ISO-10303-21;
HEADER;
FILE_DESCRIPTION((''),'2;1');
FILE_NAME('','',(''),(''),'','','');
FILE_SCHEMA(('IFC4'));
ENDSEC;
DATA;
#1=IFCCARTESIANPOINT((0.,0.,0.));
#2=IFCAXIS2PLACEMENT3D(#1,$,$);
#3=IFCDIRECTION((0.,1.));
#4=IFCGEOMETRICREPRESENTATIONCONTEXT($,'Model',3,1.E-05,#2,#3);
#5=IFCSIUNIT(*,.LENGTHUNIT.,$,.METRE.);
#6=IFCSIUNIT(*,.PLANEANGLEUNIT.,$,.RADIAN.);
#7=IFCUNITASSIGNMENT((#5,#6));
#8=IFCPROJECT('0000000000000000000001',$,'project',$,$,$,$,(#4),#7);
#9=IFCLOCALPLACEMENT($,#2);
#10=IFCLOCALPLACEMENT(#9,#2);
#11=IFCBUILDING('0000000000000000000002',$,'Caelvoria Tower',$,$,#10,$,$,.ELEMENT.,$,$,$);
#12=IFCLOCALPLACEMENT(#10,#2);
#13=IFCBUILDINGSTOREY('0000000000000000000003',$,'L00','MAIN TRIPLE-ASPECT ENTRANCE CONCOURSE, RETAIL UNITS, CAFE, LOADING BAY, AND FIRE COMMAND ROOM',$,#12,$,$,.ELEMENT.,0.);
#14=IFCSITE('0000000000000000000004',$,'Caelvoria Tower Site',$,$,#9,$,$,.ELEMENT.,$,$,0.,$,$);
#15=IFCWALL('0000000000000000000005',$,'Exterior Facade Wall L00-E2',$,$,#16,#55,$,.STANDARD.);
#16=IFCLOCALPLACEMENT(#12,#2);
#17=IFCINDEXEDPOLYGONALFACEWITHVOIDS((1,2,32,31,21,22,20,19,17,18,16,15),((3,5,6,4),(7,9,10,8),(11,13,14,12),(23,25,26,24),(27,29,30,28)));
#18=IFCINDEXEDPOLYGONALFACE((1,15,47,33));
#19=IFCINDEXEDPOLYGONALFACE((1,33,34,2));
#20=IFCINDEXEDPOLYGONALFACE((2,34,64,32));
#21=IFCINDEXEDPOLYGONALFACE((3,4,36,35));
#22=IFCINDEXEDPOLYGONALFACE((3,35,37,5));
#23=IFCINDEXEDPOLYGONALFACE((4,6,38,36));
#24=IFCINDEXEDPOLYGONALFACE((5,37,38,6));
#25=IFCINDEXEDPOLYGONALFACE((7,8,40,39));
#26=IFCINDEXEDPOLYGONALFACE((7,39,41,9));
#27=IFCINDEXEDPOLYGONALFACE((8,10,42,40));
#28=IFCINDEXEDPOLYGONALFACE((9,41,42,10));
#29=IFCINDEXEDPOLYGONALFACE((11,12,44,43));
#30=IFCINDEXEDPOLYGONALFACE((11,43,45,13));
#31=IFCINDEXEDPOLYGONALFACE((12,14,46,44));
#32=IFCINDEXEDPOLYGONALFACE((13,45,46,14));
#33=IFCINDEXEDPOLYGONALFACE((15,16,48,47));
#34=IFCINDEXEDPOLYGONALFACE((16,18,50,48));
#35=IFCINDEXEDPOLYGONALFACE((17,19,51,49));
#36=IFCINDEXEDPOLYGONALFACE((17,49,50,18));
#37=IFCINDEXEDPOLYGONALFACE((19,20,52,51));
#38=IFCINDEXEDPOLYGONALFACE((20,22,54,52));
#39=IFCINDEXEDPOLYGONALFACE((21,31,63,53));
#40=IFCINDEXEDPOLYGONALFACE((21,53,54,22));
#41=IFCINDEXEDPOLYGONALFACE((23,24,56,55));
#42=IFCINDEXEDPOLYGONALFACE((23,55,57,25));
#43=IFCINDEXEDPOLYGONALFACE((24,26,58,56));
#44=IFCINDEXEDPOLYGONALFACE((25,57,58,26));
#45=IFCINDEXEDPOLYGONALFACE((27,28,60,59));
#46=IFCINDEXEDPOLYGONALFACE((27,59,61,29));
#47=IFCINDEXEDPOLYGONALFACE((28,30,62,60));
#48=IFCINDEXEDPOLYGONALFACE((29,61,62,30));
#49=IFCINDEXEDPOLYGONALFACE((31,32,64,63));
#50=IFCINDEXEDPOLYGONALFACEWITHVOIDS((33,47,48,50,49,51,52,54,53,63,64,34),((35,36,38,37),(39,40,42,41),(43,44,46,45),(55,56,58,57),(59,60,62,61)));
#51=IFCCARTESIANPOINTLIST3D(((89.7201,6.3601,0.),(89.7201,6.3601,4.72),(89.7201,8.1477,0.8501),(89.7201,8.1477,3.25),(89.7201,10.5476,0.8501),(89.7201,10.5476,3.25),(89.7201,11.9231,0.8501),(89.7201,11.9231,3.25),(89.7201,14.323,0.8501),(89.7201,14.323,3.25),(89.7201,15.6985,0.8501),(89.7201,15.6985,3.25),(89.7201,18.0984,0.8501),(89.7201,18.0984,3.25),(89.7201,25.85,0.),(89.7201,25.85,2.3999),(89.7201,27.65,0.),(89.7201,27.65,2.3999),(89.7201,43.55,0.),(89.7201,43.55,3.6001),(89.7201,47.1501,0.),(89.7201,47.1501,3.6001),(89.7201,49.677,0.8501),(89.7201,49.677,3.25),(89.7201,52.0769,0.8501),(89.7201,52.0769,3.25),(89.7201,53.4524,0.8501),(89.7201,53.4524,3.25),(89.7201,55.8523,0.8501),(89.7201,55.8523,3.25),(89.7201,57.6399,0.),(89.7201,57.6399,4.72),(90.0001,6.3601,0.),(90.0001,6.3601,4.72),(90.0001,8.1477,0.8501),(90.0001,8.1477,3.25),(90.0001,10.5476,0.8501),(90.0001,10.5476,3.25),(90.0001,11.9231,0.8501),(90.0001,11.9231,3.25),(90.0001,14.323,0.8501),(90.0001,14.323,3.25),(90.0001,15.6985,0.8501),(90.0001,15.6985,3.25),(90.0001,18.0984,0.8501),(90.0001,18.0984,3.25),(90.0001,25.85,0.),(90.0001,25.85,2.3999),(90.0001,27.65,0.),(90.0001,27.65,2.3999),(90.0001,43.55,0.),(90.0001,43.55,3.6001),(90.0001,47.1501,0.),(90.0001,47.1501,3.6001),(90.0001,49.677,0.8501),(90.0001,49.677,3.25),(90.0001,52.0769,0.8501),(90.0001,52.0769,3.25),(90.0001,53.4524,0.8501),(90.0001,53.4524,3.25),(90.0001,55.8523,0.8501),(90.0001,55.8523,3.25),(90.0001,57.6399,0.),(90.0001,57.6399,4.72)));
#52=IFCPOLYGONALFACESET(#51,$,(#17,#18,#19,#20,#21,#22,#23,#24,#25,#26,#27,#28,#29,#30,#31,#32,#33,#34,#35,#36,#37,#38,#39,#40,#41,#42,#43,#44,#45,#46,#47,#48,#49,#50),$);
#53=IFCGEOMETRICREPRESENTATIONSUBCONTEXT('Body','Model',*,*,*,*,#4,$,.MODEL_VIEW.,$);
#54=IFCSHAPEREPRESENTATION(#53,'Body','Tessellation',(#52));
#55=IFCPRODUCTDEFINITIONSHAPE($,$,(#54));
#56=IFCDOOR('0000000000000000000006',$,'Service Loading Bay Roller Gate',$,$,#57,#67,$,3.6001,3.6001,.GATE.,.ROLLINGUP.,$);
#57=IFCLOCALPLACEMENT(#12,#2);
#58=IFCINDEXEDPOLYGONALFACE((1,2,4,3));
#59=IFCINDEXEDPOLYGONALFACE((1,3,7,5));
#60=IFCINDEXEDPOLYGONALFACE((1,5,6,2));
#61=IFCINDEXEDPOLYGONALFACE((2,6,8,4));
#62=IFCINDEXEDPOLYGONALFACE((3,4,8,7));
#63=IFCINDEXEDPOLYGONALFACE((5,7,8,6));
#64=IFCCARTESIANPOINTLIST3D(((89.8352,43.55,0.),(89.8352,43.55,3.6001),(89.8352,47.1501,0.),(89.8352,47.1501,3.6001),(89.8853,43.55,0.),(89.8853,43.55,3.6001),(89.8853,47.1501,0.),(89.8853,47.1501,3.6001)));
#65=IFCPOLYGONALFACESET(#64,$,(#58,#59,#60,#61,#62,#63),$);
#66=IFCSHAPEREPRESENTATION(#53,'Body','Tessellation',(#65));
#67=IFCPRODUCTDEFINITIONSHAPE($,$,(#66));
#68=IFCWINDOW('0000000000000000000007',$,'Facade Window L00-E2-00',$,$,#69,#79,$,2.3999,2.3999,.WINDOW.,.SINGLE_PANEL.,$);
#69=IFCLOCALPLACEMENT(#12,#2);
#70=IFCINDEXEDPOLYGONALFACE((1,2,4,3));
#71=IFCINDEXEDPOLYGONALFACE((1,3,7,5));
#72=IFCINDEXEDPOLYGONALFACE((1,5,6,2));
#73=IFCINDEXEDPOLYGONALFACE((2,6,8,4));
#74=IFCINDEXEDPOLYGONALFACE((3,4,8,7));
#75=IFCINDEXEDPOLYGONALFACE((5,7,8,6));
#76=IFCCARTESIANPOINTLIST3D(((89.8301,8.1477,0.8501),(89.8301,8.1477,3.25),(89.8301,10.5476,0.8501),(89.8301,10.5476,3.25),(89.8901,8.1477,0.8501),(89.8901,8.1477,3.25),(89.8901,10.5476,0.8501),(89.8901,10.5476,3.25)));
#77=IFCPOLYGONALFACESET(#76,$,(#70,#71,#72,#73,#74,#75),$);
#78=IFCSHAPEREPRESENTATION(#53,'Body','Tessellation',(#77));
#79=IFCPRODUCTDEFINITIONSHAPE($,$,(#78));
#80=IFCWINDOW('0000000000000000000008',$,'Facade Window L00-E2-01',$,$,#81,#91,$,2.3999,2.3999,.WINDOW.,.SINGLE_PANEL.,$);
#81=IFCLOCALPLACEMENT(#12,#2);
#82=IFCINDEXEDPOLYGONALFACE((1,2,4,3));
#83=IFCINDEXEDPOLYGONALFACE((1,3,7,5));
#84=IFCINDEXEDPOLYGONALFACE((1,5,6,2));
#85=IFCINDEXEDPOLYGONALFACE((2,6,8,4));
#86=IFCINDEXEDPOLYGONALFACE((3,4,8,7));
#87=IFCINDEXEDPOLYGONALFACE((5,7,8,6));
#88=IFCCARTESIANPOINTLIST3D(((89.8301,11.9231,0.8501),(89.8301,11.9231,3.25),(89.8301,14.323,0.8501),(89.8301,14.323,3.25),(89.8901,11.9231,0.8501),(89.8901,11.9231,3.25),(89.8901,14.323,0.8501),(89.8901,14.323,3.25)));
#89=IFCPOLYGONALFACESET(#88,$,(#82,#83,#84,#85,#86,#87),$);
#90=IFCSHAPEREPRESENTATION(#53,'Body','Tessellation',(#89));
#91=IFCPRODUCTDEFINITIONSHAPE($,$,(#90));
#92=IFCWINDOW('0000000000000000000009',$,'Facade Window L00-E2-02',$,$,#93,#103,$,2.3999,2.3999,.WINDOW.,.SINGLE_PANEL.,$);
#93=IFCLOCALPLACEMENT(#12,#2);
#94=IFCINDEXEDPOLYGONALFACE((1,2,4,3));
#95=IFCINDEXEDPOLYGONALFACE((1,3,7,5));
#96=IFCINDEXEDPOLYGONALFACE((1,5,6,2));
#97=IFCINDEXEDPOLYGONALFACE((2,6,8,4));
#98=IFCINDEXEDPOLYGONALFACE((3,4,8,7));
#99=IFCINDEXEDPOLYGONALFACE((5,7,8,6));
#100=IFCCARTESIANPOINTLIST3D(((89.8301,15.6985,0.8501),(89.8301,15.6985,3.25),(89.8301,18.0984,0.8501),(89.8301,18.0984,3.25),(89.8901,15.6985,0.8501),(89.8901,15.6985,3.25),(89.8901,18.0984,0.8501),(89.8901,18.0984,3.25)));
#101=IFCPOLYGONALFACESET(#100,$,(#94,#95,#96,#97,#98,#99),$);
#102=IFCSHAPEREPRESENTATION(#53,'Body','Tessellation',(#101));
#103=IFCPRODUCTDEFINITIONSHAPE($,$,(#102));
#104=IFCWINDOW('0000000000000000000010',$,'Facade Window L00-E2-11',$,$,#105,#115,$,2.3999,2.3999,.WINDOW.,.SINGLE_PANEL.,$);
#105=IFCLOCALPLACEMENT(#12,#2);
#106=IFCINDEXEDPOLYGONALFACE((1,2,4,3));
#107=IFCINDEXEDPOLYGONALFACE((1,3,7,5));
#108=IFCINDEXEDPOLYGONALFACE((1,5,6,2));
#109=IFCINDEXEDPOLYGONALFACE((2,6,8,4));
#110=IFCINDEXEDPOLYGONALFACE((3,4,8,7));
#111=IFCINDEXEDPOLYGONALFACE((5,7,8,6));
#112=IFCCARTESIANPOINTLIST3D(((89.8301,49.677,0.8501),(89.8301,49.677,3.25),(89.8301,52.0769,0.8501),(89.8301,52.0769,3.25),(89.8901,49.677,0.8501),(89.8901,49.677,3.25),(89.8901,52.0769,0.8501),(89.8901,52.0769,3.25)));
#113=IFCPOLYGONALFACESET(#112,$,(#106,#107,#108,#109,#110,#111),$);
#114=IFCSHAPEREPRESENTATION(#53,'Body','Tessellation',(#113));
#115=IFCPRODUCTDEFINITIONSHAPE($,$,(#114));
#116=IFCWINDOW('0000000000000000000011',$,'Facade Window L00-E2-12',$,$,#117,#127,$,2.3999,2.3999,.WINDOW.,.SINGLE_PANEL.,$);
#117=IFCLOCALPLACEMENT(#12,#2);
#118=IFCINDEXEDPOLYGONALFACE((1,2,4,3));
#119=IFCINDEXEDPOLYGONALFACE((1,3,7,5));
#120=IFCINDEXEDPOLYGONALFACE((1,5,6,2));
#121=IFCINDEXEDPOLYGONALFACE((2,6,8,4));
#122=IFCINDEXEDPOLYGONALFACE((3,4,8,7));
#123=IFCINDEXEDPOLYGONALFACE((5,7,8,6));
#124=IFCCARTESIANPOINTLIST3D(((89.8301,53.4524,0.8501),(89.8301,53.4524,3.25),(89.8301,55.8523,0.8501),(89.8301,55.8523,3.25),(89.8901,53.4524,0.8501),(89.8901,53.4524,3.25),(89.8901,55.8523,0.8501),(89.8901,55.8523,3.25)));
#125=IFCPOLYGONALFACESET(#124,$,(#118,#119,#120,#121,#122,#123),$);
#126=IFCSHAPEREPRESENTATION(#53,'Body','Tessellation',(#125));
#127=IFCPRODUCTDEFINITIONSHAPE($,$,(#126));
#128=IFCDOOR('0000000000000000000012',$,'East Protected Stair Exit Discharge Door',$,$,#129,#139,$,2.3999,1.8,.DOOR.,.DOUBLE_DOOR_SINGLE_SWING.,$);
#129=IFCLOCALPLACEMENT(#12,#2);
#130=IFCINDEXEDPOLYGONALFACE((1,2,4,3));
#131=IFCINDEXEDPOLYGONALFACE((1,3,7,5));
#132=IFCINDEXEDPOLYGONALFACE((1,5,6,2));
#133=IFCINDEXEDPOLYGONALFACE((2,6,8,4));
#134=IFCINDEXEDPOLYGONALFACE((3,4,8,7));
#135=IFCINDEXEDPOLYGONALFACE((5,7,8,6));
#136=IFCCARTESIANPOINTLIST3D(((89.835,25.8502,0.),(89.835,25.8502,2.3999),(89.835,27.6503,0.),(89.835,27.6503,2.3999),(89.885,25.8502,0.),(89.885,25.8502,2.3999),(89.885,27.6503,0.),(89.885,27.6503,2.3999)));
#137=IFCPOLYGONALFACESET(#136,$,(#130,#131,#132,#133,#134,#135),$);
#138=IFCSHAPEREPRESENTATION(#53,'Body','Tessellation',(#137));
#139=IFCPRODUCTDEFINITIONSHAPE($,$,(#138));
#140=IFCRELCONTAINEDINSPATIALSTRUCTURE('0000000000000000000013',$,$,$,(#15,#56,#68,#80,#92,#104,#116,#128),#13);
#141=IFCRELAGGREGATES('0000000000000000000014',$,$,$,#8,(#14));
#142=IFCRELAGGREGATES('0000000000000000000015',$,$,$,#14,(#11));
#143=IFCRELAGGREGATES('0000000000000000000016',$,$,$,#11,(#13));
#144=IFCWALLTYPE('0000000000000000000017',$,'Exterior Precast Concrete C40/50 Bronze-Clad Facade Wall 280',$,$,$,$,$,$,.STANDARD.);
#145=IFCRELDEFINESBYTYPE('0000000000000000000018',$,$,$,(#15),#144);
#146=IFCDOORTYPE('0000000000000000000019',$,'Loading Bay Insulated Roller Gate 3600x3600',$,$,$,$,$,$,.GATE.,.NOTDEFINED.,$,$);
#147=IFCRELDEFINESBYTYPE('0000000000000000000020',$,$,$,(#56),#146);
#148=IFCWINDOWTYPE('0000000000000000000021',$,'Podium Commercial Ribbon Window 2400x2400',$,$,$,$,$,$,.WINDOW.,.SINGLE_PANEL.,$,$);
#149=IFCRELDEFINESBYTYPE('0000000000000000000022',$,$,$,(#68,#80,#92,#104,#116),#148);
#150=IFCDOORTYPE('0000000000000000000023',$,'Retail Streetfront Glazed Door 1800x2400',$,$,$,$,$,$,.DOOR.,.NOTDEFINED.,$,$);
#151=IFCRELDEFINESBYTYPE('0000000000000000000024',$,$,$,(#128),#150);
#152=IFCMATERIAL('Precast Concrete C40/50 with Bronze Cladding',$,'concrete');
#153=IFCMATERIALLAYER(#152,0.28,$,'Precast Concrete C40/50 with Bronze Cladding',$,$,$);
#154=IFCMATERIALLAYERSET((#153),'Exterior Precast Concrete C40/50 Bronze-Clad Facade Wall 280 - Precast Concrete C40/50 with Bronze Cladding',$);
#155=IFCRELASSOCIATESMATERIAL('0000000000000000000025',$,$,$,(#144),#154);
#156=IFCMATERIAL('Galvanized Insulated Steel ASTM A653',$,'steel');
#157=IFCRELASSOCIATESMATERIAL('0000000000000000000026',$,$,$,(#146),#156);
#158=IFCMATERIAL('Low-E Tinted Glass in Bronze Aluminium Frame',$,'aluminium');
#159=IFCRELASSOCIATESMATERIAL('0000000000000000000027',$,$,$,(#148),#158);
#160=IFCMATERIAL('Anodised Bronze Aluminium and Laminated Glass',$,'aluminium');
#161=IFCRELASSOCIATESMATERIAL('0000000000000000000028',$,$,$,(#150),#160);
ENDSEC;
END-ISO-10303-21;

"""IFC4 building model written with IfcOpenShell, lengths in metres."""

from ifc_helpers import new_model, si_unit, direction, frame, frame_2d, origin, place, context, subcontext, project, spatial, rectangle, extrude, material, layer, layer_set, type_object, element, fill, save


model = new_model("IFC4")

# Units and contexts
model_context = context("Model", 3, precision=1e-05, world=origin(), true_north=direction((0.0, 1.0)))
body_context = subcontext(model_context, "Body", "Model", "MODEL_VIEW")
ifc_project = project(units=[si_unit("LENGTHUNIT", "METRE"), si_unit("PLANEANGLEUNIT", "RADIAN")], contexts=[model_context])

# Site, building, storey
site_placement = place(None, origin())
site = spatial("IfcSite", under=ifc_project, at=site_placement, Name="Caelvoria Tower Site", CompositionType="ELEMENT", RefElevation=0.0)
building_placement = place(site_placement, origin())
building = spatial("IfcBuilding", under=site, at=building_placement, Name="Caelvoria Tower", CompositionType="ELEMENT")
storey_placement = place(building_placement, origin())
storey = spatial("IfcBuildingStorey", under=building, at=storey_placement, Name="L00", Description="MAIN TRIPLE-ASPECT ENTRANCE CONCOURSE, RETAIL UNITS, CAFE, LOADING BAY, AND FIRE COMMAND ROOM", CompositionType="ELEMENT", Elevation=0.0)

# Wall, openings, doors, windows
ifc_material_1 = material(Name="Precast Concrete C40/50 with Bronze Cladding", Category="concrete")
ifc_layer_1 = layer(ifc_material_1, 0.28, Name="Precast Concrete C40/50 with Bronze Cladding")
ifc_layer_set_1 = layer_set([ifc_layer_1], Name="Exterior Precast Concrete C40/50 Bronze-Clad Facade Wall 280 - Precast Concrete C40/50 with Bronze Cladding")
wall_type = type_object("IfcWallType", Name="Exterior Precast Concrete C40/50 Bronze-Clad Facade Wall 280", PredefinedType="STANDARD", material=ifc_layer_set_1)
wall_placement = place(storey_placement, frame((89.8601, 6.3601, 0.0), z_axis=(0.0, 0.0, 1.0), x_axis=(0.0, 1.0, 0.0)))
wall = element("IfcWall", 1, at=wall_placement, inside=storey, type_object=wall_type, Name="Exterior Facade Wall L00-E2", PredefinedType="STANDARD", context=body_context, shape_type="SweptSolid", body=[
    extrude(rectangle(XDim=51.2798, YDim=0.28, at=frame_2d((25.6399, 0.0))), origin(), (0.0, 0.0, 1.0), 4.72),
])
opening_1_placement = place(wall_placement, frame((19.49, 0.0, 0.0)))
opening_1 = element("IfcOpeningElement", 2, at=opening_1_placement, cuts=wall, PredefinedType="OPENING", context=body_context, shape_type="SweptSolid", body=[
    extrude(rectangle(XDim=1.8, YDim=2.3999, at=frame_2d((0.8999, 1.2))), frame((0.0, 0.1499, 0.0), z_axis=(0.0, -1.0, 0.0), x_axis=(1.0, 0.0, 0.0)), (0.0, 0.0, 1.0), 0.3),
])
opening_2_placement = place(wall_placement, frame((37.1899, 0.0, 0.0)))
opening_2 = element("IfcOpeningElement", 3, at=opening_2_placement, cuts=wall, PredefinedType="OPENING", context=body_context, shape_type="SweptSolid", body=[
    extrude(rectangle(XDim=3.6001, YDim=3.6001, at=frame_2d((1.8, 1.8))), frame((0.0, 0.1499, 0.0), z_axis=(0.0, -1.0, 0.0), x_axis=(1.0, 0.0, 0.0)), (0.0, 0.0, 1.0), 0.3),
])
opening_3_placement = place(wall_placement, frame((1.7876, 0.0, 0.8501)))
opening_3 = element("IfcOpeningElement", 4, at=opening_3_placement, cuts=wall, PredefinedType="OPENING", context=body_context, shape_type="SweptSolid", body=[
    extrude(rectangle(XDim=2.3999, YDim=2.3999, at=frame_2d((1.2, 1.2))), frame((0.0, 0.1499, 0.0), z_axis=(0.0, -1.0, 0.0), x_axis=(1.0, 0.0, 0.0)), (0.0, 0.0, 1.0), 0.3),
])
opening_4_placement = place(wall_placement, frame((5.563, 0.0, 0.8501)))
opening_4 = element("IfcOpeningElement", 5, at=opening_4_placement, cuts=wall, PredefinedType="OPENING", context=body_context, shape_type="SweptSolid", body=[
    extrude(rectangle(XDim=2.3999, YDim=2.3999, at=frame_2d((1.2, 1.2))), frame((0.0, 0.1499, 0.0), z_axis=(0.0, -1.0, 0.0), x_axis=(1.0, 0.0, 0.0)), (0.0, 0.0, 1.0), 0.3),
])
opening_5_placement = place(wall_placement, frame((9.3384, 0.0, 0.8501)))
opening_5 = element("IfcOpeningElement", 6, at=opening_5_placement, cuts=wall, PredefinedType="OPENING", context=body_context, shape_type="SweptSolid", body=[
    extrude(rectangle(XDim=2.3999, YDim=2.3999, at=frame_2d((1.2, 1.2))), frame((0.0, 0.1499, 0.0), z_axis=(0.0, -1.0, 0.0), x_axis=(1.0, 0.0, 0.0)), (0.0, 0.0, 1.0), 0.3),
])
opening_6_placement = place(wall_placement, frame((43.3169, 0.0, 0.8501)))
opening_6 = element("IfcOpeningElement", 7, at=opening_6_placement, cuts=wall, PredefinedType="OPENING", context=body_context, shape_type="SweptSolid", body=[
    extrude(rectangle(XDim=2.3999, YDim=2.3999, at=frame_2d((1.2, 1.2))), frame((0.0, 0.1499, 0.0), z_axis=(0.0, -1.0, 0.0), x_axis=(1.0, 0.0, 0.0)), (0.0, 0.0, 1.0), 0.3),
])
opening_7_placement = place(wall_placement, frame((47.0923, 0.0, 0.8501)))
opening_7 = element("IfcOpeningElement", 8, at=opening_7_placement, cuts=wall, PredefinedType="OPENING", context=body_context, shape_type="SweptSolid", body=[
    extrude(rectangle(XDim=2.3999, YDim=2.3999, at=frame_2d((1.2, 1.2))), frame((0.0, 0.1499, 0.0), z_axis=(0.0, -1.0, 0.0), x_axis=(1.0, 0.0, 0.0)), (0.0, 0.0, 1.0), 0.3),
])
ifc_material_2 = material(Name="Galvanized Insulated Steel ASTM A653", Category="steel")
door_type_1 = type_object("IfcDoorType", Name="Loading Bay Insulated Roller Gate 3600x3600", OperationType="NOTDEFINED", PredefinedType="GATE", material=ifc_material_2)
door_1_placement = place(opening_2_placement, origin())
door_1 = element("IfcDoor", 9, at=door_1_placement, inside=storey, type_object=door_type_1, Name="Service Loading Bay Roller Gate", OperationType="ROLLINGUP", OverallHeight=3.6001, OverallWidth=3.6001, PredefinedType="GATE", context=body_context, shape_type="SweptSolid", body=[
    extrude(rectangle(XDim=3.6001, YDim=3.6001, at=frame_2d((1.8, 1.8))), frame((0.0, 0.0249, 0.0), z_axis=(0.0, -1.0, 0.0), x_axis=(1.0, 0.0, 0.0)), (0.0, 0.0, 1.0), 0.05),
])
fill(opening_2, door_1)
ifc_material_3 = material(Name="Low-E Tinted Glass in Bronze Aluminium Frame", Category="aluminium")
window_type = type_object("IfcWindowType", Name="Podium Commercial Ribbon Window 2400x2400", PartitioningType="SINGLE_PANEL", PredefinedType="WINDOW", material=ifc_material_3)
window_1_placement = place(opening_3_placement, origin())
window_1 = element("IfcWindow", 10, at=window_1_placement, inside=storey, type_object=window_type, Name="Facade Window L00-E2-00", OverallHeight=2.3999, OverallWidth=2.3999, PartitioningType="SINGLE_PANEL", PredefinedType="WINDOW", context=body_context, shape_type="SweptSolid", body=[
    extrude(rectangle(XDim=2.3999, YDim=2.3999, at=frame_2d((1.2, 1.2))), frame((0.0, 0.03, 0.0), z_axis=(0.0, -1.0, 0.0), x_axis=(1.0, 0.0, 0.0)), (0.0, 0.0, 1.0), 0.0601),
])
fill(opening_3, window_1)
window_2_placement = place(opening_4_placement, origin())
window_2 = element("IfcWindow", 11, at=window_2_placement, inside=storey, type_object=window_type, Name="Facade Window L00-E2-01", OverallHeight=2.3999, OverallWidth=2.3999, PartitioningType="SINGLE_PANEL", PredefinedType="WINDOW", context=body_context, shape_type="SweptSolid", body=[
    extrude(rectangle(XDim=2.3999, YDim=2.3999, at=frame_2d((1.2, 1.2))), frame((0.0, 0.03, 0.0), z_axis=(0.0, -1.0, 0.0), x_axis=(1.0, 0.0, 0.0)), (0.0, 0.0, 1.0), 0.0601),
])
fill(opening_4, window_2)
window_3_placement = place(opening_5_placement, origin())
window_3 = element("IfcWindow", 12, at=window_3_placement, inside=storey, type_object=window_type, Name="Facade Window L00-E2-02", OverallHeight=2.3999, OverallWidth=2.3999, PartitioningType="SINGLE_PANEL", PredefinedType="WINDOW", context=body_context, shape_type="SweptSolid", body=[
    extrude(rectangle(XDim=2.3999, YDim=2.3999, at=frame_2d((1.2, 1.2))), frame((0.0, 0.03, 0.0), z_axis=(0.0, -1.0, 0.0), x_axis=(1.0, 0.0, 0.0)), (0.0, 0.0, 1.0), 0.0601),
])
fill(opening_5, window_3)
window_4_placement = place(opening_6_placement, origin())
window_4 = element("IfcWindow", 13, at=window_4_placement, inside=storey, type_object=window_type, Name="Facade Window L00-E2-11", OverallHeight=2.3999, OverallWidth=2.3999, PartitioningType="SINGLE_PANEL", PredefinedType="WINDOW", context=body_context, shape_type="SweptSolid", body=[
    extrude(rectangle(XDim=2.3999, YDim=2.3999, at=frame_2d((1.2, 1.2))), frame((0.0, 0.03, 0.0), z_axis=(0.0, -1.0, 0.0), x_axis=(1.0, 0.0, 0.0)), (0.0, 0.0, 1.0), 0.0601),
])
fill(opening_6, window_4)
window_5_placement = place(opening_7_placement, origin())
window_5 = element("IfcWindow", 14, at=window_5_placement, inside=storey, type_object=window_type, Name="Facade Window L00-E2-12", OverallHeight=2.3999, OverallWidth=2.3999, PartitioningType="SINGLE_PANEL", PredefinedType="WINDOW", context=body_context, shape_type="SweptSolid", body=[
    extrude(rectangle(XDim=2.3999, YDim=2.3999, at=frame_2d((1.2, 1.2))), frame((0.0, 0.03, 0.0), z_axis=(0.0, -1.0, 0.0), x_axis=(1.0, 0.0, 0.0)), (0.0, 0.0, 1.0), 0.0601),
])
fill(opening_7, window_5)
ifc_material_4 = material(Name="Anodised Bronze Aluminium and Laminated Glass", Category="aluminium")
door_type_2 = type_object("IfcDoorType", Name="Retail Streetfront Glazed Door 1800x2400", OperationType="NOTDEFINED", PredefinedType="DOOR", material=ifc_material_4)
door_2_placement = place(opening_1_placement, frame((1.8, 0.0, 0.0), z_axis=(0.0, 0.0, 1.0), x_axis=(-1.0, 0.0, 0.0)))
door_2 = element("IfcDoor", 15, at=door_2_placement, inside=storey, type_object=door_type_2, Name="East Protected Stair Exit Discharge Door", OperationType="DOUBLE_DOOR_SINGLE_SWING", OverallHeight=2.3999, OverallWidth=1.8, PredefinedType="DOOR", context=body_context, shape_type="SweptSolid", body=[
    extrude(rectangle(XDim=1.8, YDim=2.3999, at=frame_2d((0.8999, 1.2))), frame((0.0, 0.0249, 0.0), z_axis=(0.0, -1.0, 0.0), x_axis=(1.0, 0.0, 0.0)), (0.0, 0.0, 1.0), 0.05),
])
fill(opening_1, door_2)

save(model, "model.ifc")
